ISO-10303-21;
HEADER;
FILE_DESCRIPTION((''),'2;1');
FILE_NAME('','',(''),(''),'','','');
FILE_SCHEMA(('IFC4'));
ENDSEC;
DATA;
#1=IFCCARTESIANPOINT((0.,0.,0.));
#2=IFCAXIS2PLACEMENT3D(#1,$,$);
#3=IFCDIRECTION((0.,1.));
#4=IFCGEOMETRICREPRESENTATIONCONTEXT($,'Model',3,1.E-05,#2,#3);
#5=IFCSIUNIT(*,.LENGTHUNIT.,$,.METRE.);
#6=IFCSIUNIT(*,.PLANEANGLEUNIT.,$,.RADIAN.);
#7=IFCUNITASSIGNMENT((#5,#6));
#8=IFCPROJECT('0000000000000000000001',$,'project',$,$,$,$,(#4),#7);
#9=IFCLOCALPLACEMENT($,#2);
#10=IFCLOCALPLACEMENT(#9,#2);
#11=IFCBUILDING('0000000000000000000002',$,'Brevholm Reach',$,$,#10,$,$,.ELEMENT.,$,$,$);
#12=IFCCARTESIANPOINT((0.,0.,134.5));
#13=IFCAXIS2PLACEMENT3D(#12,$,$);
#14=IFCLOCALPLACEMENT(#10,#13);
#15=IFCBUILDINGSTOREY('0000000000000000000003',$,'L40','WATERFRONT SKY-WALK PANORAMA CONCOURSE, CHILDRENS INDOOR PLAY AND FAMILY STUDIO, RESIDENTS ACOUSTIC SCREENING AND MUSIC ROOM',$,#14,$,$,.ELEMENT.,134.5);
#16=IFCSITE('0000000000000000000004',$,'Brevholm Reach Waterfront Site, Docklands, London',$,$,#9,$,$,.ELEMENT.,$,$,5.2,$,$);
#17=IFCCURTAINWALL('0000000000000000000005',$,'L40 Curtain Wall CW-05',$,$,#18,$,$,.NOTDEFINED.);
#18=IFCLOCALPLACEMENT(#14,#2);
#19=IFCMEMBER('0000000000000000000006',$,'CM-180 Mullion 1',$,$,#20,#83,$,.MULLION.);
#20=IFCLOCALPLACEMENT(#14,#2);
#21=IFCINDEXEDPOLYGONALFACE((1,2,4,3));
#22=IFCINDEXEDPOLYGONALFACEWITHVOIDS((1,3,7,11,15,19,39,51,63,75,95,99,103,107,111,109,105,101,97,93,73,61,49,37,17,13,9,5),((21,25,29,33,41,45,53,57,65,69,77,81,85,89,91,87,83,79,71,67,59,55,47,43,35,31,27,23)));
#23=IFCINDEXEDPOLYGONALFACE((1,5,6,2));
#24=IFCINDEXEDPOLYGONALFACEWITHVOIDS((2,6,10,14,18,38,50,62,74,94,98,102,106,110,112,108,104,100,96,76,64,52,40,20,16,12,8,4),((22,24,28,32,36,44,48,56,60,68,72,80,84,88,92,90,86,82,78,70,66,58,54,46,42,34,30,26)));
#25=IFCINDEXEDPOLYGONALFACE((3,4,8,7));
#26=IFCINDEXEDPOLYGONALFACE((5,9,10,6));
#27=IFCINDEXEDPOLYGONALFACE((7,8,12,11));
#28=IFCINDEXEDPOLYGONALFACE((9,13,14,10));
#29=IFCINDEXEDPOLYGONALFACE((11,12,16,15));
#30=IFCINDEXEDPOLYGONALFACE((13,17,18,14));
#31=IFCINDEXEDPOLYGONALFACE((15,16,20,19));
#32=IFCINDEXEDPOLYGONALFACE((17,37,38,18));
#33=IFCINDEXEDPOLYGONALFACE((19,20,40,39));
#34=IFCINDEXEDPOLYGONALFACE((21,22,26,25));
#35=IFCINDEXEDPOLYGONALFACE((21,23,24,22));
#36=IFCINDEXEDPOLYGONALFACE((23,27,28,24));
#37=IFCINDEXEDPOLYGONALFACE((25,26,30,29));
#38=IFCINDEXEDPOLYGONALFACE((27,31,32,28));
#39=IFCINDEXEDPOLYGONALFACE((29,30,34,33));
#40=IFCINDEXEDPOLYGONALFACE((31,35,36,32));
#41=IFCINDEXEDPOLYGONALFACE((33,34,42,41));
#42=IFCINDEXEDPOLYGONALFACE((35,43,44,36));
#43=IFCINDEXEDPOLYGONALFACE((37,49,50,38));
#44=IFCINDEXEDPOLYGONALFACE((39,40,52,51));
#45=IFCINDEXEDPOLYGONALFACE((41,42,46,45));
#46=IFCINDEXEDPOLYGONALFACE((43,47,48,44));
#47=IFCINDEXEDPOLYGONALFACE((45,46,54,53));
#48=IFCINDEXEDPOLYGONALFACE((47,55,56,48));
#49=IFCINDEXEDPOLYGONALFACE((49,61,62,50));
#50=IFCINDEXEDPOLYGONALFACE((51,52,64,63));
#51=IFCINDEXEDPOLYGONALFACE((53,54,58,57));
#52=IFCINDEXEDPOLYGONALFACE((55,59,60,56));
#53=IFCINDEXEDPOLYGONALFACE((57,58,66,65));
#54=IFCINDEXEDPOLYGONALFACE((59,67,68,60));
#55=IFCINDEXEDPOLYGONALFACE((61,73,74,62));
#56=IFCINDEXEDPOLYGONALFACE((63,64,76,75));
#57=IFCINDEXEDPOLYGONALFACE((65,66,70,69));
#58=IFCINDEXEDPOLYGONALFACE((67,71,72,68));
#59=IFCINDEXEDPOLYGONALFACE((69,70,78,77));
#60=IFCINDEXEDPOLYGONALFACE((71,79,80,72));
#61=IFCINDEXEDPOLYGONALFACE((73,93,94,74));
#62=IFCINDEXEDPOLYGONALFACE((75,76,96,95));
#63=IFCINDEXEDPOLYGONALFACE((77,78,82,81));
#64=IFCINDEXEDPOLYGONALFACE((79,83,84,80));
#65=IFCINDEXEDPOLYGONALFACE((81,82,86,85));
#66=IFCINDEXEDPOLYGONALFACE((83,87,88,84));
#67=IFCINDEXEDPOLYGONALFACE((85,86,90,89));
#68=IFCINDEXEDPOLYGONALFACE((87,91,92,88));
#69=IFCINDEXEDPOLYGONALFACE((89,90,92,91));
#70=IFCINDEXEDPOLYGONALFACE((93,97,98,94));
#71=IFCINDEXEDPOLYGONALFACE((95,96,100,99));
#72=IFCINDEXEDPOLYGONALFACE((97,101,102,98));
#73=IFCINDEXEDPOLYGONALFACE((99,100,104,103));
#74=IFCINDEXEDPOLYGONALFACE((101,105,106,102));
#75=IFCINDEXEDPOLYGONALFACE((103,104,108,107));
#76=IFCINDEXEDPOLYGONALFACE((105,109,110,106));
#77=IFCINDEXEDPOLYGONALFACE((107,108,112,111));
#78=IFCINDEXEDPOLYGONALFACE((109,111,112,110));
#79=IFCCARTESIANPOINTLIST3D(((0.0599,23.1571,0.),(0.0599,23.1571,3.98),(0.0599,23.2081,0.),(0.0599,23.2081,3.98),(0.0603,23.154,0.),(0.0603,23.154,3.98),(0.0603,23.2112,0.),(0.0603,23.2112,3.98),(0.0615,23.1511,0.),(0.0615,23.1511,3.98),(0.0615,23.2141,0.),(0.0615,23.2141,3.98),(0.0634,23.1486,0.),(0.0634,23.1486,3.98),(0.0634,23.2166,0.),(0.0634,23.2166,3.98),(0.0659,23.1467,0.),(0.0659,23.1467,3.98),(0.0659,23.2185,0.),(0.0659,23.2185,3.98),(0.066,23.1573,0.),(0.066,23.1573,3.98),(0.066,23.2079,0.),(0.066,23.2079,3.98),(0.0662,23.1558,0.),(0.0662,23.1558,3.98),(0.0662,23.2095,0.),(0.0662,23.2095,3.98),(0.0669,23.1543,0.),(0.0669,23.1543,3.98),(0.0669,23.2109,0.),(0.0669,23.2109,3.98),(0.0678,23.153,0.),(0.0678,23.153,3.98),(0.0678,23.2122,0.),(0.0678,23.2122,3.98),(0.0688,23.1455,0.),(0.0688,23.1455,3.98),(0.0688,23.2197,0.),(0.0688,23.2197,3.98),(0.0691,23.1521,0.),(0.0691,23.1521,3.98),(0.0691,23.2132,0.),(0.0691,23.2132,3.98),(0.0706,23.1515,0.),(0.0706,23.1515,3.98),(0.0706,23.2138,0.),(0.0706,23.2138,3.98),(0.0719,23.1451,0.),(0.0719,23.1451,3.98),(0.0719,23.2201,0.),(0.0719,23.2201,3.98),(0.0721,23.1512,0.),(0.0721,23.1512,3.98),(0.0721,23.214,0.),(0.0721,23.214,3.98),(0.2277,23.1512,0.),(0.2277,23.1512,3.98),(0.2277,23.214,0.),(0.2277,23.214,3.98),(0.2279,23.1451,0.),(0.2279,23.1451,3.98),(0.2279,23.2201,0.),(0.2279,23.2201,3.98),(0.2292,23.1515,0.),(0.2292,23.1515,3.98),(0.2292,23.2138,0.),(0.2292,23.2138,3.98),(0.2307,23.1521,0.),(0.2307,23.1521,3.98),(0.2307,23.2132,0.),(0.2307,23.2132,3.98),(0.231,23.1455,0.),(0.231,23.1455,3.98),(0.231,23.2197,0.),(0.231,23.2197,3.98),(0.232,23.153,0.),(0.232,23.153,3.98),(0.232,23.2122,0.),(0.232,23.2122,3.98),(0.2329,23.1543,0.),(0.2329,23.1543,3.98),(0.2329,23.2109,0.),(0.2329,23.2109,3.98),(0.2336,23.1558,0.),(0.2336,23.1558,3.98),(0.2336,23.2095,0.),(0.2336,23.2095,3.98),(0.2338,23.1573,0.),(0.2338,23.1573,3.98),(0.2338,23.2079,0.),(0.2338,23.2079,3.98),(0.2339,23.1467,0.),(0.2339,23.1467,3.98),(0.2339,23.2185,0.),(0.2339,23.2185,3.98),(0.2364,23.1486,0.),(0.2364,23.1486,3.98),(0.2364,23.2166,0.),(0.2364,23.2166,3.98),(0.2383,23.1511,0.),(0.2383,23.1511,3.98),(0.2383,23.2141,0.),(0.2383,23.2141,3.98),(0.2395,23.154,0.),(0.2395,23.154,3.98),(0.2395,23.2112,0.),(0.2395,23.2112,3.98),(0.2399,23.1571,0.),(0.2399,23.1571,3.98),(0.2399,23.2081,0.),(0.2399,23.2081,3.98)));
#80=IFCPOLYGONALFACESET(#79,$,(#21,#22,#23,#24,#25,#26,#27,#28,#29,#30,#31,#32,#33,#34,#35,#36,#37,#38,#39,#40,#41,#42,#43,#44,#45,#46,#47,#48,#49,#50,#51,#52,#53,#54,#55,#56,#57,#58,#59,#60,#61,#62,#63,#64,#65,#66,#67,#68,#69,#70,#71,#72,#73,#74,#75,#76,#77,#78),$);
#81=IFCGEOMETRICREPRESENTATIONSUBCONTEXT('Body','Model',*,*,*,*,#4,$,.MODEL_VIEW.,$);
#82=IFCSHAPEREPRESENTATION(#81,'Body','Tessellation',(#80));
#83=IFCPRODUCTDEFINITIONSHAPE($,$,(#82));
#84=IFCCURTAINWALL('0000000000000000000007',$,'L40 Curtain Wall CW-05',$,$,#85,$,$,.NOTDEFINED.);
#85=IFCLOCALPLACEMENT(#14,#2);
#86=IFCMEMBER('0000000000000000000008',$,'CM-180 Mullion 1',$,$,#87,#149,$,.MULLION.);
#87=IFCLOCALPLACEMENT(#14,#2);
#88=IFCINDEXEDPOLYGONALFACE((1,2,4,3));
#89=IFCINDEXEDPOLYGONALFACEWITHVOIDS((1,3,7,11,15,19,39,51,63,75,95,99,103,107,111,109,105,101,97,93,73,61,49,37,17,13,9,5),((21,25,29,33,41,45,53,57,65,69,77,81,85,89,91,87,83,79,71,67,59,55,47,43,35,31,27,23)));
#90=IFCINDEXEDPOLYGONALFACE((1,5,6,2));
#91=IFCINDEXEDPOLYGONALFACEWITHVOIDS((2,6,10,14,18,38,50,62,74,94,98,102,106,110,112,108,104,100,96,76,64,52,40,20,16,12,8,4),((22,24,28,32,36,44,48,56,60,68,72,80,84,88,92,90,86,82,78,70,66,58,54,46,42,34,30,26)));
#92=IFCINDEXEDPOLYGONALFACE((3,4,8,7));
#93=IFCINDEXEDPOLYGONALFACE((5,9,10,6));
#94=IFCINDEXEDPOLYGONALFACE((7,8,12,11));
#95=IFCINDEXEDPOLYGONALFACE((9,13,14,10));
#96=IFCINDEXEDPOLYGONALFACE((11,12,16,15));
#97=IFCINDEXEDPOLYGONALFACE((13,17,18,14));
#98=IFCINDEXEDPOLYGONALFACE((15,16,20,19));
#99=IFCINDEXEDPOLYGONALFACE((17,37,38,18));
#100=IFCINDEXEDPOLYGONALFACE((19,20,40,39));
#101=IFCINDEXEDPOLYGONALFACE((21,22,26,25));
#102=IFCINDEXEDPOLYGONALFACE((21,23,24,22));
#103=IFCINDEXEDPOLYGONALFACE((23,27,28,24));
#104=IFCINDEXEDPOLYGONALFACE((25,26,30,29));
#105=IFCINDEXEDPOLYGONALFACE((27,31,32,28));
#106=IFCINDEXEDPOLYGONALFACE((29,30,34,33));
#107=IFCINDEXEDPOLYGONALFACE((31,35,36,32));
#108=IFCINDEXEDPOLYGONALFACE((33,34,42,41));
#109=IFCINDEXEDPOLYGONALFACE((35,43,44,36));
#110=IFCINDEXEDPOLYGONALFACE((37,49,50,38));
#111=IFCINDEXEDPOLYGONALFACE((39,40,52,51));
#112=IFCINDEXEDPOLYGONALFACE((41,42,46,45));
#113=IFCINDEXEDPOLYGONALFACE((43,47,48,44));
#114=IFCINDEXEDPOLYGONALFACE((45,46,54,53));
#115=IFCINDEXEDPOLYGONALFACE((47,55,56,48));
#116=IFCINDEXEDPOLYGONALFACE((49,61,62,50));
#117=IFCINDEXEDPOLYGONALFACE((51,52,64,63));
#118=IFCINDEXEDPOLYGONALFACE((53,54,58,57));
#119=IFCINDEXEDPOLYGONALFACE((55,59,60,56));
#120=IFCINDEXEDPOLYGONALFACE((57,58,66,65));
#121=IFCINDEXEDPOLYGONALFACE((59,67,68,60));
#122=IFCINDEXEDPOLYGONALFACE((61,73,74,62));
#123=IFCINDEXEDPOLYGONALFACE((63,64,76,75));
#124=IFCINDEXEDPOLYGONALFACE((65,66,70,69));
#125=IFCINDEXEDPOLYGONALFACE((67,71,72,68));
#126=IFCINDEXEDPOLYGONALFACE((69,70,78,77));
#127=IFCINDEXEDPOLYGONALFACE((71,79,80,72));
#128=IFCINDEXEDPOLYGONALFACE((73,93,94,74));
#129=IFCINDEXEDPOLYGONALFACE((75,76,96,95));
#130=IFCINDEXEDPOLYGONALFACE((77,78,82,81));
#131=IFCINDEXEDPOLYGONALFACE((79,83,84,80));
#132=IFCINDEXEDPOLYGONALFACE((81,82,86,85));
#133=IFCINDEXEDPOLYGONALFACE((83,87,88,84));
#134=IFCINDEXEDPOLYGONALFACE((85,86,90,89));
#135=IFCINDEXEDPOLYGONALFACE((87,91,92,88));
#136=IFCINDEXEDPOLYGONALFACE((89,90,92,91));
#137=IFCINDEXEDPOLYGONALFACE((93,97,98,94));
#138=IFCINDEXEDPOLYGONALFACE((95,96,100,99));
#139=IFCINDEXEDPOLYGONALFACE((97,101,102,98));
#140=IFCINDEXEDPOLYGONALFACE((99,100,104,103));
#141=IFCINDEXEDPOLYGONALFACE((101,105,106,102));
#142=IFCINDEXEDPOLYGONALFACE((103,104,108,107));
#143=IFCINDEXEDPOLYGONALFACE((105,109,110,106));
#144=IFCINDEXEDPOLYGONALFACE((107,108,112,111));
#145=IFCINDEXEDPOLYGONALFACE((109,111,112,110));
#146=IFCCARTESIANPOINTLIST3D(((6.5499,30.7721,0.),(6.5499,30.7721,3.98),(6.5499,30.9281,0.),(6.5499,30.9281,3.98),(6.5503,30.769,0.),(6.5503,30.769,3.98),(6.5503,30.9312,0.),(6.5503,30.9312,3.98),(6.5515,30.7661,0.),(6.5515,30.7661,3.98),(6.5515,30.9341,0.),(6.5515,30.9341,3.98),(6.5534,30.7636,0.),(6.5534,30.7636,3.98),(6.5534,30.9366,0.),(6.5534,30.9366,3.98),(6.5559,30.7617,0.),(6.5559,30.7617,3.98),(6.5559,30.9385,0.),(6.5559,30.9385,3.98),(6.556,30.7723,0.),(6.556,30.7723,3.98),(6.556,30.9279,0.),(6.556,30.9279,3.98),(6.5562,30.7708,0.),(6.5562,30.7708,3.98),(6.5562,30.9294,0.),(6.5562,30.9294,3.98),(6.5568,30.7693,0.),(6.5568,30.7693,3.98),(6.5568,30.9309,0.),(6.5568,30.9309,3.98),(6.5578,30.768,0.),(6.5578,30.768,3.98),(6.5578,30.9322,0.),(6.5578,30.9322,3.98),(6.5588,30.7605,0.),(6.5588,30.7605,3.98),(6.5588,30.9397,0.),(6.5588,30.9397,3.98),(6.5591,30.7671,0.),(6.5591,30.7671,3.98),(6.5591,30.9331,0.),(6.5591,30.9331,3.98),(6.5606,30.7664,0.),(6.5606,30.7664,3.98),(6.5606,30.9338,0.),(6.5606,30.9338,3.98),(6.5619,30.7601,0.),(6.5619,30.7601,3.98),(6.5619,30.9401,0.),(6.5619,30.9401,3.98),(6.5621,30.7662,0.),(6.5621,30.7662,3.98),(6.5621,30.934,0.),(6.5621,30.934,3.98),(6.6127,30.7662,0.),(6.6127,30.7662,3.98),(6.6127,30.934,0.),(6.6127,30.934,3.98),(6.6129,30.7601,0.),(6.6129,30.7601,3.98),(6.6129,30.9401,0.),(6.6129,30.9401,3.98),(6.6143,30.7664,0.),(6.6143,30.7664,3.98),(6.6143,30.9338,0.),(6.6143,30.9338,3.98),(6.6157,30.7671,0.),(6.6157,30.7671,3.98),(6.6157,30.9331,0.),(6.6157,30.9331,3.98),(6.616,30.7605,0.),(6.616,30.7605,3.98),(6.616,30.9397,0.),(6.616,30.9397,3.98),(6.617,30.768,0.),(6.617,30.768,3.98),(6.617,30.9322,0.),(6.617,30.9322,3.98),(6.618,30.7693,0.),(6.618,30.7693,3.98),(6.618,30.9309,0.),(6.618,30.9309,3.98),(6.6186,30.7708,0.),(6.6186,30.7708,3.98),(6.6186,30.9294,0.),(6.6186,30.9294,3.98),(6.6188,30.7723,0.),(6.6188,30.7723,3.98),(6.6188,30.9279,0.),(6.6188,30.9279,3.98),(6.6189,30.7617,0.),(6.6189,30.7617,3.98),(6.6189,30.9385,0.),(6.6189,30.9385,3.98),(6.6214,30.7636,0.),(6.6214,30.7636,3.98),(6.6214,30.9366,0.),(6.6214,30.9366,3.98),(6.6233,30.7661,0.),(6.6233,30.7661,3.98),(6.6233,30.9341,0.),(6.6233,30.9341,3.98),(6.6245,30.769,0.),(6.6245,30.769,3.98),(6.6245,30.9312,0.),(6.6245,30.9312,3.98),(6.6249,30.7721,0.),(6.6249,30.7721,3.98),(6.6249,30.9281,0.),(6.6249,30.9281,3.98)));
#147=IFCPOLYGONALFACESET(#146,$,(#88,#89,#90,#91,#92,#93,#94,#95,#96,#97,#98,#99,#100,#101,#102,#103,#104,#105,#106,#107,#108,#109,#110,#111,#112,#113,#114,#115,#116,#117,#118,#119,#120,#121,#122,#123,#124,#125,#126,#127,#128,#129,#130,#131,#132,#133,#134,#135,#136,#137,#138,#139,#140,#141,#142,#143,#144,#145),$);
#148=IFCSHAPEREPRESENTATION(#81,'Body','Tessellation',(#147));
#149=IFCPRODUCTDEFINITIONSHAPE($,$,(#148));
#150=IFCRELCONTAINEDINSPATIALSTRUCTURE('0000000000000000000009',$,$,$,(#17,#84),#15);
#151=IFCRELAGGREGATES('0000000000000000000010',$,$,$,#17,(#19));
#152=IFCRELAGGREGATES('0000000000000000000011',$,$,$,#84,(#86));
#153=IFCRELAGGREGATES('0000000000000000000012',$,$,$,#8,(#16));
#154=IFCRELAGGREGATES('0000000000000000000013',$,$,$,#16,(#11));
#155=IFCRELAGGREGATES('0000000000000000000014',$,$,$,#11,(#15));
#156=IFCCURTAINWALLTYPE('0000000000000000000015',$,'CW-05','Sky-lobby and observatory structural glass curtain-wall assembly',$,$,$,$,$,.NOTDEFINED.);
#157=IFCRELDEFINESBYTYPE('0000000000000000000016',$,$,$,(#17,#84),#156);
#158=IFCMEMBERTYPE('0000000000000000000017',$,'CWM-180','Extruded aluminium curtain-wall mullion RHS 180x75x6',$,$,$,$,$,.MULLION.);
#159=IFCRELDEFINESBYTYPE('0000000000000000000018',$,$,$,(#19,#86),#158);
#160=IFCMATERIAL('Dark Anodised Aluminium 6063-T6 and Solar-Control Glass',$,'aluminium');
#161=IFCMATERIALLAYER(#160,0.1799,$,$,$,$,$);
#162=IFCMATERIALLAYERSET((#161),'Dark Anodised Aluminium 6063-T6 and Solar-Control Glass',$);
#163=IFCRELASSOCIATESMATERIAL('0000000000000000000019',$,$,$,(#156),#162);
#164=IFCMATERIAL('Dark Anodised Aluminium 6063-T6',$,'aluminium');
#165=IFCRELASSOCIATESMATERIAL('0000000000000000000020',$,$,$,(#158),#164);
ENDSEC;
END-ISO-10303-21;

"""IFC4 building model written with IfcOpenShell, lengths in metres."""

from ifc_helpers import new_model, si_unit, direction, frame, origin, origin_2d, place, context, subcontext, project, spatial, hollow_rectangle, extrude, material, layer, layer_set, material_profile, profile_set, type_object, element, aggregate, save


model = new_model("IFC4")

# Units and contexts
model_context = context("Model", 3, precision=1e-05, world=origin(), true_north=direction((0.0, 1.0)))
body_context = subcontext(model_context, "Body", "Model", "MODEL_VIEW")
ifc_project = project(units=[si_unit("LENGTHUNIT", "METRE"), si_unit("PLANEANGLEUNIT", "RADIAN")], contexts=[model_context])

# Site, building, storey
site_placement = place(None, origin())
site = spatial("IfcSite", under=ifc_project, at=site_placement, Name="Brevholm Reach Waterfront Site, Docklands, London", CompositionType="ELEMENT", RefElevation=5.2)
building_placement = place(site_placement, origin())
building = spatial("IfcBuilding", under=site, at=building_placement, Name="Brevholm Reach", CompositionType="ELEMENT")
storey_placement = place(building_placement, frame((0.0, 0.0, 134.5)))
storey = spatial("IfcBuildingStorey", under=building, at=storey_placement, Name="L40", Description="WATERFRONT SKY-WALK PANORAMA CONCOURSE, CHILDRENS INDOOR PLAY AND FAMILY STUDIO, RESIDENTS ACOUSTIC SCREENING AND MUSIC ROOM", CompositionType="ELEMENT", Elevation=134.5)

# Curtain walls, members
ifc_material_1 = material(Name="Dark Anodised Aluminium 6063-T6 and Solar-Control Glass", Category="aluminium")
ifc_layer_1 = layer(ifc_material_1, 0.1799)
ifc_layer_set_1 = layer_set([ifc_layer_1], Name="Dark Anodised Aluminium 6063-T6 and Solar-Control Glass")
curtain_wall_type = type_object("IfcCurtainWallType", Name="CW-05", Description="Sky-lobby and observatory structural glass curtain-wall assembly", PredefinedType="NOTDEFINED", material=ifc_layer_set_1)
curtain_wall_1_placement = place(storey_placement, origin())
curtain_wall_1 = element("IfcCurtainWall", 1, at=curtain_wall_1_placement, inside=storey, type_object=curtain_wall_type, Name="L40 Curtain Wall CW-05", PredefinedType="NOTDEFINED")
ifc_material_2 = material(Name="Dark Anodised Aluminium 6063-T6", Category="aluminium")
ifc_material_profile_1 = material_profile(ifc_material_2, hollow_rectangle(XDim=0.075, YDim=0.1799, WallThickness=0.0061, InnerFilletRadius=0.0061, OuterFilletRadius=0.012, at=origin_2d()), Name="RHS 180x75x6")
ifc_profile_set_1 = profile_set([ifc_material_profile_1], Name="Dark Anodised Aluminium 6063-T6")
member_type_1 = type_object("IfcMemberType", Name="CWM-180", Description="Extruded aluminium curtain-wall mullion RHS 180x75x6", PredefinedType="MULLION", material=ifc_profile_set_1)
member_1_placement = place(storey_placement, frame((0.1499, 23.1826, 0.0), z_axis=(0.0, 0.0, 1.0), x_axis=(0.0, -1.0, 0.0)))
member_1 = element("IfcMember", 2, at=member_1_placement, type_object=member_type_1, Name="CM-180 Mullion 1", PredefinedType="MULLION", context=body_context, shape_type="SweptSolid", body=[
    extrude(hollow_rectangle(XDim=0.075, YDim=0.1799, WallThickness=0.0061, InnerFilletRadius=0.0061, OuterFilletRadius=0.012, at=origin_2d()), origin(), (0.0, 0.0, 1.0), 3.98),
])
curtain_wall_2_placement = place(storey_placement, origin())
curtain_wall_2 = element("IfcCurtainWall", 3, at=curtain_wall_2_placement, inside=storey, type_object=curtain_wall_type, Name="L40 Curtain Wall CW-05", PredefinedType="NOTDEFINED")
member_2_placement = place(storey_placement, frame((6.5874, 30.8501, 0.0), z_axis=(0.0, 0.0, 1.0), x_axis=(1.0, 0.0, 0.0)))
member_2 = element("IfcMember", 4, at=member_2_placement, type_object=member_type_1, Name="CM-180 Mullion 1", PredefinedType="MULLION", context=body_context, shape_type="SweptSolid", body=[
    extrude(hollow_rectangle(XDim=0.075, YDim=0.1799, WallThickness=0.0061, InnerFilletRadius=0.0061, OuterFilletRadius=0.012, at=origin_2d()), origin(), (0.0, 0.0, 1.0), 3.98),
])

aggregate(curtain_wall_1, [member_1])

aggregate(curtain_wall_2, [member_2])

save(model, "model.ifc")
